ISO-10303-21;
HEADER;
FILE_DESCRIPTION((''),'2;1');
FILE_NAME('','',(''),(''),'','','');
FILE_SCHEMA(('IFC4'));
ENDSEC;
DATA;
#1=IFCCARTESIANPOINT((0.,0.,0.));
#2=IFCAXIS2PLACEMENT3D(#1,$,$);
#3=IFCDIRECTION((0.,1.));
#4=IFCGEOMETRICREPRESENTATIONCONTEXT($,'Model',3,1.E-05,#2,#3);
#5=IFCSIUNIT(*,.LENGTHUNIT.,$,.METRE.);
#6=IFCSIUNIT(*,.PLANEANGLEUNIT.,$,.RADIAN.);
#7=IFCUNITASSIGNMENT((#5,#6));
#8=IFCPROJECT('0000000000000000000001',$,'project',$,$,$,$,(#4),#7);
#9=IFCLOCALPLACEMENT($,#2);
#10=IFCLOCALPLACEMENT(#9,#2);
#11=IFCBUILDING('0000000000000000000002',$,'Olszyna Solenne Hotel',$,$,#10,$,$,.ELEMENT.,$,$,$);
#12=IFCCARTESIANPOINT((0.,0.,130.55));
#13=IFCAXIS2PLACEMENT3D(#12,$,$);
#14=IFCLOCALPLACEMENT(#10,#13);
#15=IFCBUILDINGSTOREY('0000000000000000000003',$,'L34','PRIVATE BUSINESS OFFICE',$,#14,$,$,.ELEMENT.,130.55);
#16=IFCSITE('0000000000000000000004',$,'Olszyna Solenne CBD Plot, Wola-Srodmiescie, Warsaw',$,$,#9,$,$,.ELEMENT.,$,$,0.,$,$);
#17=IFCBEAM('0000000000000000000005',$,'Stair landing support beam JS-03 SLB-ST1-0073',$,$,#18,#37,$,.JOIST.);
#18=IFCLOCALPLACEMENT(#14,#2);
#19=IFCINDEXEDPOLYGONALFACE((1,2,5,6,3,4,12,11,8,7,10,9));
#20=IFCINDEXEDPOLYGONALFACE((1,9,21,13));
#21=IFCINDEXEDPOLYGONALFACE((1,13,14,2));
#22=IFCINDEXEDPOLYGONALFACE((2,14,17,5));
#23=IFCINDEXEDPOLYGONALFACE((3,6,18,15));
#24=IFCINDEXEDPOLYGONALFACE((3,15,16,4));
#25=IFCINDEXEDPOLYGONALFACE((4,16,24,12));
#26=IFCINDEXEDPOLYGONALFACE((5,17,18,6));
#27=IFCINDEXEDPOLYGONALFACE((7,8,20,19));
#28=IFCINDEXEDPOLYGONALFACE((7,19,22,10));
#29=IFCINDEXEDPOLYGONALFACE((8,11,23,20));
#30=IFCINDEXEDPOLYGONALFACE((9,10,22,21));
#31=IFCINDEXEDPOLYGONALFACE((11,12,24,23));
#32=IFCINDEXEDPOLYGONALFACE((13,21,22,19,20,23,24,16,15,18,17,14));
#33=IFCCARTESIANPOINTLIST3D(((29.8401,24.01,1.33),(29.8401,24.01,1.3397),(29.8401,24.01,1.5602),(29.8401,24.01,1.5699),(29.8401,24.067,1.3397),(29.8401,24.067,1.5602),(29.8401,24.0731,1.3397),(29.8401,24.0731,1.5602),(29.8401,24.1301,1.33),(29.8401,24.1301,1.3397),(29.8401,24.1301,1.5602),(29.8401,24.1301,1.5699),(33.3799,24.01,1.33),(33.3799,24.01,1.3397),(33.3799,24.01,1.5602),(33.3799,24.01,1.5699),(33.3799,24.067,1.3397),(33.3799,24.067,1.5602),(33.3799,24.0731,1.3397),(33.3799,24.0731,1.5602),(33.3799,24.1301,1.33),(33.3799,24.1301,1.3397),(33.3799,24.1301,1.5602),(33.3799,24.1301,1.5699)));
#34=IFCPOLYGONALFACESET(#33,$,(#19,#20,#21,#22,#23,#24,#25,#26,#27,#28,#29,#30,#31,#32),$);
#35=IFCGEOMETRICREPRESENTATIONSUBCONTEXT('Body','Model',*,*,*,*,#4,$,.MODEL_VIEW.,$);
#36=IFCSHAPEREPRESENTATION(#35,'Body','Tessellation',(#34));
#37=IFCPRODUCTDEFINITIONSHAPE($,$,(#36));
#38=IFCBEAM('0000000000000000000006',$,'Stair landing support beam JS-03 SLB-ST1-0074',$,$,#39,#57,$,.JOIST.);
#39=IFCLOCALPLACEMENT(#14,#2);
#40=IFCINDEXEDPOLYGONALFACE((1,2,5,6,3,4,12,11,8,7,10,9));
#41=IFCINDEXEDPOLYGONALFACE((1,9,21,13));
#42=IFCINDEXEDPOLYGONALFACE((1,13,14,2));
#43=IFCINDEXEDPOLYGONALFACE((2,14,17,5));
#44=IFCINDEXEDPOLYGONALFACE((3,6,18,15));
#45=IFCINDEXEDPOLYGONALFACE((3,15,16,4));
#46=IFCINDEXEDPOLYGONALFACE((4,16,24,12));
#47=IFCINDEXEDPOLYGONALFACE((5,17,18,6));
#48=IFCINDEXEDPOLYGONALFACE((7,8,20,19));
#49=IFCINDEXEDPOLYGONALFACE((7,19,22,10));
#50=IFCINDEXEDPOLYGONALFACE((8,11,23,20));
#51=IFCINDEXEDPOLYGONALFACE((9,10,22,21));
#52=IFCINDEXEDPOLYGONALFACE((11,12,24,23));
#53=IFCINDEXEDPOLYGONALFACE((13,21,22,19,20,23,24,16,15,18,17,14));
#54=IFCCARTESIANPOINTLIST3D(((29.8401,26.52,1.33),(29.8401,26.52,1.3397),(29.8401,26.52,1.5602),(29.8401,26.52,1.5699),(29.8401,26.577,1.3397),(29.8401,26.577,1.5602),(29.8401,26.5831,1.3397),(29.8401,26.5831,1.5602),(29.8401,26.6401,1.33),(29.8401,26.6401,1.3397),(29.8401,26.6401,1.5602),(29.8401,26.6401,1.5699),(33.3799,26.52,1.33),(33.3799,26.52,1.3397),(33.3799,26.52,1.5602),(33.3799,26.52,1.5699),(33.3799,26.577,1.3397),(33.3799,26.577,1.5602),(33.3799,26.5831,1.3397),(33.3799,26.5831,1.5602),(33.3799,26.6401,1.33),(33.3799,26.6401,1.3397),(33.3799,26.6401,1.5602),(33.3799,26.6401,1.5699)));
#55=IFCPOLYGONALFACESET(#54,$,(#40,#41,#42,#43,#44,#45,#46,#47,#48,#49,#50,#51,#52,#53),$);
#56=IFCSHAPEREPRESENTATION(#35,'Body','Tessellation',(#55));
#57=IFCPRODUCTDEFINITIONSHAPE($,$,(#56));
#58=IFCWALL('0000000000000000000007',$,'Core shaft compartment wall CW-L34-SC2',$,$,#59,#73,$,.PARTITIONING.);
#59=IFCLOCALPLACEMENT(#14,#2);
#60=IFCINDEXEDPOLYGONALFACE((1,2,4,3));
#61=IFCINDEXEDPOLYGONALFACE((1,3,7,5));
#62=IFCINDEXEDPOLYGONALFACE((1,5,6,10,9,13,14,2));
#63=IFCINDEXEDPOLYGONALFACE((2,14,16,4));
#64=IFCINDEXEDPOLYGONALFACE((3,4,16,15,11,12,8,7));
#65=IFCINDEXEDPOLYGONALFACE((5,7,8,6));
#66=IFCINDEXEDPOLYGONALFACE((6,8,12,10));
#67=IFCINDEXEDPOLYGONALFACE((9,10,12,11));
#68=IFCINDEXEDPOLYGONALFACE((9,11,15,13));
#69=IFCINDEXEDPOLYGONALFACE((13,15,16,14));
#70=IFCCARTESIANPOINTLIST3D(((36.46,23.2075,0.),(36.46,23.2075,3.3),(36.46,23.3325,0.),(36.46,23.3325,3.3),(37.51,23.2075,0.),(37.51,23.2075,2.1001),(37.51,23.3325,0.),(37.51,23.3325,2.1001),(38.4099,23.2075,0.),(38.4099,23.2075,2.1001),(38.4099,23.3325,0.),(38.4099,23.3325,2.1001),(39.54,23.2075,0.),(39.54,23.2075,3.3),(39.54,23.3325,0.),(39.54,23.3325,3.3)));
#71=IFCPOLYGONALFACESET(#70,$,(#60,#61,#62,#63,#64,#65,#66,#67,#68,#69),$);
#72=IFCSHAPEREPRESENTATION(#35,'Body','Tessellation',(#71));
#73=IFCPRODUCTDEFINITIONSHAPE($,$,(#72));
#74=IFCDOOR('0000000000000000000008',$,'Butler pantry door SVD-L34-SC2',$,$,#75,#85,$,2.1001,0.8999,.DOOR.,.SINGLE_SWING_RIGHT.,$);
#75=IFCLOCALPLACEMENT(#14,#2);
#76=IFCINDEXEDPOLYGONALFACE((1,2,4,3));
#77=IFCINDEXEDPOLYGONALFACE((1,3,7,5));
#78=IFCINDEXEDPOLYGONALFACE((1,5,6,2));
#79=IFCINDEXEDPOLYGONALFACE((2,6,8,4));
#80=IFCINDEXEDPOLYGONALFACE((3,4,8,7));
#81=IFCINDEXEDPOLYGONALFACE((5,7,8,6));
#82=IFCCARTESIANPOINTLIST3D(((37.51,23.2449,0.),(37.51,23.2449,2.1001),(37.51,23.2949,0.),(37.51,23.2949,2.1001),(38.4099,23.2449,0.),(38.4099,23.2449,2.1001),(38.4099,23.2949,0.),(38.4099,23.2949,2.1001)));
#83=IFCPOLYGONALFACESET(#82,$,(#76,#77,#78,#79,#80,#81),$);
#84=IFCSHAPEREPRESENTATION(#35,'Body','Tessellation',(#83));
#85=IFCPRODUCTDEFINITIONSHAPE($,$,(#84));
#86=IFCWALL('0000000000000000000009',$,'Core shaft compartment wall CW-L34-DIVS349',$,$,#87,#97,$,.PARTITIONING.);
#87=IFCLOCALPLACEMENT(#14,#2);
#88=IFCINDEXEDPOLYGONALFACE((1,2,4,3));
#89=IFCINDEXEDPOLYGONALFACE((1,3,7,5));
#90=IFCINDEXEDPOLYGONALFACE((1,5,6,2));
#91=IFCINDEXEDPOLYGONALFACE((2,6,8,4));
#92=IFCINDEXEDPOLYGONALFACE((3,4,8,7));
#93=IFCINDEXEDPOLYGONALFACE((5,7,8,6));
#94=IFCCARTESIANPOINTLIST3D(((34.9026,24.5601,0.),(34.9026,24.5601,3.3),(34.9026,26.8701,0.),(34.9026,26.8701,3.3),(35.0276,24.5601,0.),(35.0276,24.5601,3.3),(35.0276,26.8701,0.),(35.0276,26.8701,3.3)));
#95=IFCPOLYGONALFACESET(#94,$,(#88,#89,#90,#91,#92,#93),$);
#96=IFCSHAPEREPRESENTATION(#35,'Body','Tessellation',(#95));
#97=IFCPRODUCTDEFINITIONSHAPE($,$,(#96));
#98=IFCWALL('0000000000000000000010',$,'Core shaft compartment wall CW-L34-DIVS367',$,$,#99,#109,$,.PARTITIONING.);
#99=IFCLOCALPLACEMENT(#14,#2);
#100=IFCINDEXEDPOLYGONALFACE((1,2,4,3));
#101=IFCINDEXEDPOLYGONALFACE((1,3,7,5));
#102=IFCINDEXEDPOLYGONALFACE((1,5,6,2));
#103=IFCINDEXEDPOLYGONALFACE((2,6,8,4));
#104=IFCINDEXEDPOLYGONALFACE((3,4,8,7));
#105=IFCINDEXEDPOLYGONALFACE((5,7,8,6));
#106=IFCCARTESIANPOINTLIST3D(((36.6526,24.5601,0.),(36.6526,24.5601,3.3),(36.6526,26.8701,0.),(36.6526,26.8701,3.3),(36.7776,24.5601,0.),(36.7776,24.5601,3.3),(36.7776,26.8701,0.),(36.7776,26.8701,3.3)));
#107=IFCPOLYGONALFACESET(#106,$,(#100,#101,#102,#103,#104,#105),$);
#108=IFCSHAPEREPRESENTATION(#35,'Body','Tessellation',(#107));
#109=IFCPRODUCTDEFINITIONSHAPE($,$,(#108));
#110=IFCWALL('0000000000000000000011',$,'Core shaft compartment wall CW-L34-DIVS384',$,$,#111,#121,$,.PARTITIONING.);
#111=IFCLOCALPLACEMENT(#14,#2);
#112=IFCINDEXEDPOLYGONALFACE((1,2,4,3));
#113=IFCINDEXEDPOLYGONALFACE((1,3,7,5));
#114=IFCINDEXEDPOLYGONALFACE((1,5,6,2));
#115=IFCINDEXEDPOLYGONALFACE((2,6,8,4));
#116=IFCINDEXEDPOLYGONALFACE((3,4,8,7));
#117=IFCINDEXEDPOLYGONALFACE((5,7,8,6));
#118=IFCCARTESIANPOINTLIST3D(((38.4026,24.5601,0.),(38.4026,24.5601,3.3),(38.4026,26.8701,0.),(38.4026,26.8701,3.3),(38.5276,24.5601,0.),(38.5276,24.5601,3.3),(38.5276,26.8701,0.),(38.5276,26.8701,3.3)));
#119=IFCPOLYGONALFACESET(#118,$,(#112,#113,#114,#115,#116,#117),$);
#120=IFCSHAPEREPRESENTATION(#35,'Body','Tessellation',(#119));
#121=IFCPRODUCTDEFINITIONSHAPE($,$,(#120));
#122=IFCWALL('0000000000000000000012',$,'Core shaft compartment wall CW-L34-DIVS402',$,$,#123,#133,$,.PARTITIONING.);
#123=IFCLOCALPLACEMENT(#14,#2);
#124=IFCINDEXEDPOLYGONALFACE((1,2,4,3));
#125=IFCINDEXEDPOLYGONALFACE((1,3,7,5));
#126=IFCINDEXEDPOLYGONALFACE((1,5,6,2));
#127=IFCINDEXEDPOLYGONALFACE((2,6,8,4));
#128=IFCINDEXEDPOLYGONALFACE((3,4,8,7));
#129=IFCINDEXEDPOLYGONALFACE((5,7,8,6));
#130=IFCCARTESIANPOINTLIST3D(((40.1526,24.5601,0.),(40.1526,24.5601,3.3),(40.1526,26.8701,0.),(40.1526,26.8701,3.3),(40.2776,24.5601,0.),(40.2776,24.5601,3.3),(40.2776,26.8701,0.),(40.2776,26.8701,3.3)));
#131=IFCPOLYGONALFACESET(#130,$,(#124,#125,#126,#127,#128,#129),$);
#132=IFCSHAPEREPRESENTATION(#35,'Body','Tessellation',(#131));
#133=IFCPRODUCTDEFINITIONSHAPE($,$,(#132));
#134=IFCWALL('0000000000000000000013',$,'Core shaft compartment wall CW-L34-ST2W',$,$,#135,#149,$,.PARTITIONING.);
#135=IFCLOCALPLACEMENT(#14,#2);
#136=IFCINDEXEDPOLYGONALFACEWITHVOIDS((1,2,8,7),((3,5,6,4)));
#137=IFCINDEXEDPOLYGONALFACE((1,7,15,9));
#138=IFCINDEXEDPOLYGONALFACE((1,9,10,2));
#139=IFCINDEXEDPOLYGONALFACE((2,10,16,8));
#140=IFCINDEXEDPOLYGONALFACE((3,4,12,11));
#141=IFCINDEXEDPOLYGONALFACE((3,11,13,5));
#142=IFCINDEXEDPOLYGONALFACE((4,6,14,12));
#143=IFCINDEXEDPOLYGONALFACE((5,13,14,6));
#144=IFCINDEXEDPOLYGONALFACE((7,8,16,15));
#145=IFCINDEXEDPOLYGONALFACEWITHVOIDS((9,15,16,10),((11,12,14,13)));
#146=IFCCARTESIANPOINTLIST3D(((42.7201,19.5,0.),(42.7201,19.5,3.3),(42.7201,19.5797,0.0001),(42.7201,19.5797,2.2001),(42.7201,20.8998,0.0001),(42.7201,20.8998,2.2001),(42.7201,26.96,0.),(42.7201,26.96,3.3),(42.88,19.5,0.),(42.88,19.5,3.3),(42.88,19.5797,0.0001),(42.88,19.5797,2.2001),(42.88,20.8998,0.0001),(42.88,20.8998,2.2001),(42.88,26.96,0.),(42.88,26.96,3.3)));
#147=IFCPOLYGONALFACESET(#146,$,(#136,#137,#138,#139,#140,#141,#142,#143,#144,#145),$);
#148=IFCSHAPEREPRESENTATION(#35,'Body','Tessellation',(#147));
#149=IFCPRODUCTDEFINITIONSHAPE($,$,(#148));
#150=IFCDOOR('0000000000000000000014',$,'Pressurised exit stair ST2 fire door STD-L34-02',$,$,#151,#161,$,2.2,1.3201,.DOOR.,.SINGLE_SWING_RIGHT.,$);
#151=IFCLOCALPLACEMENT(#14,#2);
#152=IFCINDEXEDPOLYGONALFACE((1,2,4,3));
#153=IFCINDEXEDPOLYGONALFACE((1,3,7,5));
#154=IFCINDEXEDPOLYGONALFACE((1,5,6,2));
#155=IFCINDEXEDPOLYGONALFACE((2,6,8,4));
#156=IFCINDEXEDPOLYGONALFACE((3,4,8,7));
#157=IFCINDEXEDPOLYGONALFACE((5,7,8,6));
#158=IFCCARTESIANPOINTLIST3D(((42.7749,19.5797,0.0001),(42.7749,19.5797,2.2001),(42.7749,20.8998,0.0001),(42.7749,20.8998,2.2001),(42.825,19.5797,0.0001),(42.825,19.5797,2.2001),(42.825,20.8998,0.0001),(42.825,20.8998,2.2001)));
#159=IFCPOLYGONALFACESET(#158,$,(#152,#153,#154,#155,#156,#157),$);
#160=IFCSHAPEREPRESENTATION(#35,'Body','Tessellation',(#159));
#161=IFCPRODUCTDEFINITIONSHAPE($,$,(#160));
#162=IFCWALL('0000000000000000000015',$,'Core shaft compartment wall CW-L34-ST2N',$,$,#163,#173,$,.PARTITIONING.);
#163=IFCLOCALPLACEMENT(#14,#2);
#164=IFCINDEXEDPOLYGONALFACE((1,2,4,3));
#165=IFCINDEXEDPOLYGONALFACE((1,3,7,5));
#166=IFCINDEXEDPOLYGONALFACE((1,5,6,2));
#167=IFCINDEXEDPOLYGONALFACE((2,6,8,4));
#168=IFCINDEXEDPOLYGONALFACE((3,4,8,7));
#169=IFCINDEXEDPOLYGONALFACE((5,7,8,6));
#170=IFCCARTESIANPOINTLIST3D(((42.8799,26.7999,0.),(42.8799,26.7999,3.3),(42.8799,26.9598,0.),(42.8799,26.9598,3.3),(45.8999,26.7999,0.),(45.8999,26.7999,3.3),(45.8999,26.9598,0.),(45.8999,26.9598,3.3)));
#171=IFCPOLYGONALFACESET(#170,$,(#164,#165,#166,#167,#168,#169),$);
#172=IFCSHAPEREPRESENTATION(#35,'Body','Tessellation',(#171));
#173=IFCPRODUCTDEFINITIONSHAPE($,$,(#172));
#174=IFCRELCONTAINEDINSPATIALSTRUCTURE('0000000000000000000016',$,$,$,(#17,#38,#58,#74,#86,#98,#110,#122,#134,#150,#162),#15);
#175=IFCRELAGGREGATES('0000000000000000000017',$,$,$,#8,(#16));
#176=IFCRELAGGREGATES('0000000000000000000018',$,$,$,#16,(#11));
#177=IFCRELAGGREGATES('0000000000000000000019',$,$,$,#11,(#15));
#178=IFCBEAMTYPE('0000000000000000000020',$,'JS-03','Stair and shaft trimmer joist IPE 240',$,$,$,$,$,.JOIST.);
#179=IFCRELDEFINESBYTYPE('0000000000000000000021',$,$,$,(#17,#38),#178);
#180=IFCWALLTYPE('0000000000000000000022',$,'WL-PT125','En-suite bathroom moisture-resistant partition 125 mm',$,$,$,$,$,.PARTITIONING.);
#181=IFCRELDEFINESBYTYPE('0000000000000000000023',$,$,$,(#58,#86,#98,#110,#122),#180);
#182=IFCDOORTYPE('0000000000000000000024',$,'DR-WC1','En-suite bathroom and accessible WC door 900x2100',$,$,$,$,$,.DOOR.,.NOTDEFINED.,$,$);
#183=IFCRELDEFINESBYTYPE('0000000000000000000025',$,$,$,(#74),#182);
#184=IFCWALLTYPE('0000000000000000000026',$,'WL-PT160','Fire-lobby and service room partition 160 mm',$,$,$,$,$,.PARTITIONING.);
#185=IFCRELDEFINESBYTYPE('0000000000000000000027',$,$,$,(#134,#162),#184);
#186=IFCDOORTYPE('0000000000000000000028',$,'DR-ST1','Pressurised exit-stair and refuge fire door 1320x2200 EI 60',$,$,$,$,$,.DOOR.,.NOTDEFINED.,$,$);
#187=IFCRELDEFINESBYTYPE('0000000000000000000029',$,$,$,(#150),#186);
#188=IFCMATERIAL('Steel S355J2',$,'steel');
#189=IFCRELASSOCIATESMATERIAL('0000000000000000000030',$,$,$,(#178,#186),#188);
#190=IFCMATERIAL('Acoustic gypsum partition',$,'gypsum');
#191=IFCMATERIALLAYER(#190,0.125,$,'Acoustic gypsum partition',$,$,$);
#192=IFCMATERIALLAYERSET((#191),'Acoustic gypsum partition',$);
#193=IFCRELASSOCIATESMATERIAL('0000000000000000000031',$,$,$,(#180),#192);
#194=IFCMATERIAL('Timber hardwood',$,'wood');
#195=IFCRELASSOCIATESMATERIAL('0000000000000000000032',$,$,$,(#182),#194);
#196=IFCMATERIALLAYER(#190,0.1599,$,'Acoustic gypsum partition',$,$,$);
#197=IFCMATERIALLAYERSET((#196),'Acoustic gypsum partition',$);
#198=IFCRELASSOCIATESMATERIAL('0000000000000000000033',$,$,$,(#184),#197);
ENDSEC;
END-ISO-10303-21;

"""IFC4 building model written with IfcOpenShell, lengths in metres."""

from ifc_helpers import new_model, si_unit, direction, frame, frame_2d, origin, origin_2d, place, context, subcontext, project, spatial, rectangle, i_section, extrude, source, transform, mapped, material, layer, layer_set, material_profile, profile_set, type_object, type_shapes, element, fill, save


model = new_model("IFC4")

# Units and contexts
model_context = context("Model", 3, precision=1e-05, world=origin(), true_north=direction((0.0, 1.0)))
body_context = subcontext(model_context, "Body", "Model", "MODEL_VIEW")
ifc_project = project(units=[si_unit("LENGTHUNIT", "METRE"), si_unit("PLANEANGLEUNIT", "RADIAN")], contexts=[model_context])

# Site, building, storey
site_placement = place(None, origin())
site = spatial("IfcSite", under=ifc_project, at=site_placement, Name="Olszyna Solenne CBD Plot, Wola-Srodmiescie, Warsaw", CompositionType="ELEMENT", RefElevation=0.0)
building_placement = place(site_placement, origin())
building = spatial("IfcBuilding", under=site, at=building_placement, Name="Olszyna Solenne Hotel", CompositionType="ELEMENT")
storey_placement = place(building_placement, frame((0.0, 0.0, 130.55)))
storey = spatial("IfcBuildingStorey", under=building, at=storey_placement, Name="L34", Description="PRIVATE BUSINESS OFFICE", CompositionType="ELEMENT", Elevation=130.55)

# Beams
ifc_material_1 = material(Name="Steel S355J2", Category="steel")
ifc_material_profile = material_profile(ifc_material_1, i_section(OverallWidth=0.1201, OverallDepth=0.24, WebThickness=0.0061, FlangeThickness=0.0098, at=origin_2d()), Name="IPE 240", Category="load-bearing")
ifc_profile_set = profile_set([ifc_material_profile], Name="Steel S355J2")
beam_type = type_object("IfcBeamType", Name="JS-03", Description="Stair and shaft trimmer joist IPE 240", PredefinedType="JOIST", material=ifc_profile_set)
shared_shape_1 = source(origin(), body_context, "Body", "SweptSolid", [
    extrude(i_section(OverallWidth=0.1201, OverallDepth=0.24, WebThickness=0.0061, FlangeThickness=0.0098, at=origin_2d()), origin(), (0.0, 0.0, 1.0), 3.5398),
])
for number, where, z_axis, x_axis, name in (
    (1, (33.3799, 24.0701, 1.45), (-1.0, 0.0, 0.0), (0.0, -1.0, 0.0), "Stair landing support beam JS-03 SLB-ST1-0073"),
    (2, (33.3799, 26.5801, 1.45), (-1.0, 0.0, 0.0), (0.0, -1.0, 0.0), "Stair landing support beam JS-03 SLB-ST1-0074"),
):
    element("IfcBeam", number, at=place(storey_placement, frame(where, z_axis=z_axis, x_axis=x_axis)), inside=storey, type_object=beam_type, Name=name, PredefinedType="JOIST", context=body_context, shape_type="MappedRepresentation", body=[
        mapped(shared_shape_1, transform((0.0, 0.0, 0.0), x_axis=(1.0, 0.0, 0.0), y_axis=(0.0, 1.0, 0.0), z_axis=(0.0, 0.0, 1.0), scale=1.0)),
    ])

# Wall, opening, door
ifc_material_2 = material(Name="Acoustic gypsum partition", Category="gypsum")
ifc_layer_1 = layer(ifc_material_2, 0.125, Name="Acoustic gypsum partition")
ifc_layer_set_1 = layer_set([ifc_layer_1], Name="Acoustic gypsum partition")
wall_type_1 = type_object("IfcWallType", Name="WL-PT125", Description="En-suite bathroom moisture-resistant partition 125 mm", PredefinedType="PARTITIONING", material=ifc_layer_set_1)
wall_1_placement = place(storey_placement, frame((36.46, 23.27, 0.0), z_axis=(0.0, 0.0, 1.0), x_axis=(1.0, 0.0, 0.0)))
wall_1 = element("IfcWall", 3, at=wall_1_placement, inside=storey, type_object=wall_type_1, Name="Core shaft compartment wall CW-L34-SC2", PredefinedType="PARTITIONING", context=body_context, shape_type="SweptSolid", body=[
    extrude(rectangle(XDim=3.0801, YDim=0.125, at=frame_2d((1.54, 0.0))), origin(), (0.0, 0.0, 1.0), 3.3),
])
opening_1_placement = place(wall_1_placement, frame((1.05, 0.0, 0.0)))
opening_1 = element("IfcOpeningElement", 4, at=opening_1_placement, cuts=wall_1, PredefinedType="OPENING", context=body_context, shape_type="SweptSolid", body=[
    extrude(rectangle(XDim=0.8999, YDim=2.1001, at=frame_2d((0.45, 1.05))), frame((0.0, 0.0725, 0.0), z_axis=(0.0, -1.0, 0.0), x_axis=(1.0, 0.0, 0.0)), (0.0, 0.0, 1.0), 0.145),
])
ifc_material_3 = material(Name="Timber hardwood", Category="wood")
door_type_1 = type_object("IfcDoorType", Name="DR-WC1", Description="En-suite bathroom and accessible WC door 900x2100", OperationType="NOTDEFINED", PredefinedType="DOOR", material=ifc_material_3)
shared_shape_2 = source(origin(), body_context, "Body", "SweptSolid", [
    extrude(rectangle(XDim=0.8999, YDim=2.1001, at=frame_2d((0.45, 1.05))), frame((0.0, 0.0249, 0.0), z_axis=(0.0, -1.0, 0.0), x_axis=(1.0, 0.0, 0.0)), (0.0, 0.0, 1.0), 0.05),
])
type_shapes(door_type_1, [shared_shape_2])
door_1_placement = place(opening_1_placement, origin())
door_1 = element("IfcDoor", 5, at=door_1_placement, inside=storey, type_object=door_type_1, Name="Butler pantry door SVD-L34-SC2", OperationType="SINGLE_SWING_RIGHT", OverallHeight=2.1001, OverallWidth=0.8999, PredefinedType="DOOR", context=body_context, shape_type="MappedRepresentation", body=[
    mapped(shared_shape_2, transform((0.0, 0.0, 0.0), x_axis=(1.0, 0.0, 0.0), y_axis=(0.0, 1.0, 0.0), z_axis=(0.0, 0.0, 1.0), scale=1.0)),
])
fill(opening_1, door_1)

# Walls
for number, where, z_axis, x_axis, name in (
    (6, (34.9651, 24.5601, 0.0), (0.0, 0.0, 1.0), (0.0, 1.0, 0.0), "Core shaft compartment wall CW-L34-DIVS349"),
    (7, (36.7151, 24.5601, 0.0), (0.0, 0.0, 1.0), (0.0, 1.0, 0.0), "Core shaft compartment wall CW-L34-DIVS367"),
    (8, (38.4651, 24.5601, 0.0), (0.0, 0.0, 1.0), (0.0, 1.0, 0.0), "Core shaft compartment wall CW-L34-DIVS384"),
    (9, (40.2151, 24.5601, 0.0), (0.0, 0.0, 1.0), (0.0, 1.0, 0.0), "Core shaft compartment wall CW-L34-DIVS402"),
):
    element("IfcWall", number, at=place(storey_placement, frame(where, z_axis=z_axis, x_axis=x_axis)), inside=storey, type_object=wall_type_1, Name=name, PredefinedType="PARTITIONING", context=body_context, shape_type="SweptSolid", body=[
        extrude(rectangle(XDim=2.3101, YDim=0.125, at=frame_2d((1.155, 0.0))), origin(), (0.0, 0.0, 1.0), 3.3),
    ])

# Wall, opening, door
ifc_layer_2 = layer(ifc_material_2, 0.1599, Name="Acoustic gypsum partition")
ifc_layer_set_2 = layer_set([ifc_layer_2], Name="Acoustic gypsum partition")
wall_type_2 = type_object("IfcWallType", Name="WL-PT160", Description="Fire-lobby and service room partition 160 mm", PredefinedType="PARTITIONING", material=ifc_layer_set_2)
wall_2_placement = place(storey_placement, frame((42.8, 26.96, 0.0), z_axis=(0.0, 0.0, 1.0), x_axis=(0.0, -1.0, 0.0)))
wall_2 = element("IfcWall", 10, at=wall_2_placement, inside=storey, type_object=wall_type_2, Name="Core shaft compartment wall CW-L34-ST2W", PredefinedType="PARTITIONING", context=body_context, shape_type="SweptSolid", body=[
    extrude(rectangle(XDim=7.46, YDim=0.1599, at=frame_2d((3.73, 0.0))), origin(), (0.0, 0.0, 1.0), 3.3),
])
opening_2_placement = place(wall_2_placement, frame((6.0601, 0.0, 0.0)))
opening_2 = element("IfcOpeningElement", 11, at=opening_2_placement, cuts=wall_2, PredefinedType="OPENING", context=body_context, shape_type="SweptSolid", body=[
    extrude(rectangle(XDim=1.3201, YDim=2.2, at=frame_2d((0.6602, 1.1001))), frame((0.0, 0.0898, 0.0), z_axis=(0.0, -1.0, 0.0), x_axis=(1.0, 0.0, 0.0)), (0.0, 0.0, 1.0), 0.1799),
])
door_type_2 = type_object("IfcDoorType", Name="DR-ST1", Description="Pressurised exit-stair and refuge fire door 1320x2200 EI 60", OperationType="NOTDEFINED", PredefinedType="DOOR", material=ifc_material_1)
shared_shape_3 = source(origin(), body_context, "Body", "SweptSolid", [
    extrude(rectangle(XDim=1.3201, YDim=2.2, at=frame_2d((0.6602, 1.1001))), frame((0.0, 0.0249, 0.0), z_axis=(0.0, -1.0, 0.0), x_axis=(1.0, 0.0, 0.0)), (0.0, 0.0, 1.0), 0.05),
])
type_shapes(door_type_2, [shared_shape_3])
door_2_placement = place(opening_2_placement, origin())
door_2 = element("IfcDoor", 12, at=door_2_placement, inside=storey, type_object=door_type_2, Name="Pressurised exit stair ST2 fire door STD-L34-02", OperationType="SINGLE_SWING_RIGHT", OverallHeight=2.2, OverallWidth=1.3201, PredefinedType="DOOR", context=body_context, shape_type="MappedRepresentation", body=[
    mapped(shared_shape_3, transform((0.0, 0.0, 0.0), x_axis=(1.0, 0.0, 0.0), y_axis=(0.0, 1.0, 0.0), z_axis=(0.0, 0.0, 1.0), scale=1.0)),
])
fill(opening_2, door_2)

# Wall
wall_3_placement = place(storey_placement, frame((42.8799, 26.8799, 0.0), z_axis=(0.0, 0.0, 1.0), x_axis=(1.0, 0.0, 0.0)))
element("IfcWall", 13, at=wall_3_placement, inside=storey, type_object=wall_type_2, Name="Core shaft compartment wall CW-L34-ST2N", PredefinedType="PARTITIONING", context=body_context, shape_type="SweptSolid", body=[
    extrude(rectangle(XDim=3.02, YDim=0.1599, at=frame_2d((1.51, 0.0))), origin(), (0.0, 0.0, 1.0), 3.3),
])

save(model, "model.ifc")
